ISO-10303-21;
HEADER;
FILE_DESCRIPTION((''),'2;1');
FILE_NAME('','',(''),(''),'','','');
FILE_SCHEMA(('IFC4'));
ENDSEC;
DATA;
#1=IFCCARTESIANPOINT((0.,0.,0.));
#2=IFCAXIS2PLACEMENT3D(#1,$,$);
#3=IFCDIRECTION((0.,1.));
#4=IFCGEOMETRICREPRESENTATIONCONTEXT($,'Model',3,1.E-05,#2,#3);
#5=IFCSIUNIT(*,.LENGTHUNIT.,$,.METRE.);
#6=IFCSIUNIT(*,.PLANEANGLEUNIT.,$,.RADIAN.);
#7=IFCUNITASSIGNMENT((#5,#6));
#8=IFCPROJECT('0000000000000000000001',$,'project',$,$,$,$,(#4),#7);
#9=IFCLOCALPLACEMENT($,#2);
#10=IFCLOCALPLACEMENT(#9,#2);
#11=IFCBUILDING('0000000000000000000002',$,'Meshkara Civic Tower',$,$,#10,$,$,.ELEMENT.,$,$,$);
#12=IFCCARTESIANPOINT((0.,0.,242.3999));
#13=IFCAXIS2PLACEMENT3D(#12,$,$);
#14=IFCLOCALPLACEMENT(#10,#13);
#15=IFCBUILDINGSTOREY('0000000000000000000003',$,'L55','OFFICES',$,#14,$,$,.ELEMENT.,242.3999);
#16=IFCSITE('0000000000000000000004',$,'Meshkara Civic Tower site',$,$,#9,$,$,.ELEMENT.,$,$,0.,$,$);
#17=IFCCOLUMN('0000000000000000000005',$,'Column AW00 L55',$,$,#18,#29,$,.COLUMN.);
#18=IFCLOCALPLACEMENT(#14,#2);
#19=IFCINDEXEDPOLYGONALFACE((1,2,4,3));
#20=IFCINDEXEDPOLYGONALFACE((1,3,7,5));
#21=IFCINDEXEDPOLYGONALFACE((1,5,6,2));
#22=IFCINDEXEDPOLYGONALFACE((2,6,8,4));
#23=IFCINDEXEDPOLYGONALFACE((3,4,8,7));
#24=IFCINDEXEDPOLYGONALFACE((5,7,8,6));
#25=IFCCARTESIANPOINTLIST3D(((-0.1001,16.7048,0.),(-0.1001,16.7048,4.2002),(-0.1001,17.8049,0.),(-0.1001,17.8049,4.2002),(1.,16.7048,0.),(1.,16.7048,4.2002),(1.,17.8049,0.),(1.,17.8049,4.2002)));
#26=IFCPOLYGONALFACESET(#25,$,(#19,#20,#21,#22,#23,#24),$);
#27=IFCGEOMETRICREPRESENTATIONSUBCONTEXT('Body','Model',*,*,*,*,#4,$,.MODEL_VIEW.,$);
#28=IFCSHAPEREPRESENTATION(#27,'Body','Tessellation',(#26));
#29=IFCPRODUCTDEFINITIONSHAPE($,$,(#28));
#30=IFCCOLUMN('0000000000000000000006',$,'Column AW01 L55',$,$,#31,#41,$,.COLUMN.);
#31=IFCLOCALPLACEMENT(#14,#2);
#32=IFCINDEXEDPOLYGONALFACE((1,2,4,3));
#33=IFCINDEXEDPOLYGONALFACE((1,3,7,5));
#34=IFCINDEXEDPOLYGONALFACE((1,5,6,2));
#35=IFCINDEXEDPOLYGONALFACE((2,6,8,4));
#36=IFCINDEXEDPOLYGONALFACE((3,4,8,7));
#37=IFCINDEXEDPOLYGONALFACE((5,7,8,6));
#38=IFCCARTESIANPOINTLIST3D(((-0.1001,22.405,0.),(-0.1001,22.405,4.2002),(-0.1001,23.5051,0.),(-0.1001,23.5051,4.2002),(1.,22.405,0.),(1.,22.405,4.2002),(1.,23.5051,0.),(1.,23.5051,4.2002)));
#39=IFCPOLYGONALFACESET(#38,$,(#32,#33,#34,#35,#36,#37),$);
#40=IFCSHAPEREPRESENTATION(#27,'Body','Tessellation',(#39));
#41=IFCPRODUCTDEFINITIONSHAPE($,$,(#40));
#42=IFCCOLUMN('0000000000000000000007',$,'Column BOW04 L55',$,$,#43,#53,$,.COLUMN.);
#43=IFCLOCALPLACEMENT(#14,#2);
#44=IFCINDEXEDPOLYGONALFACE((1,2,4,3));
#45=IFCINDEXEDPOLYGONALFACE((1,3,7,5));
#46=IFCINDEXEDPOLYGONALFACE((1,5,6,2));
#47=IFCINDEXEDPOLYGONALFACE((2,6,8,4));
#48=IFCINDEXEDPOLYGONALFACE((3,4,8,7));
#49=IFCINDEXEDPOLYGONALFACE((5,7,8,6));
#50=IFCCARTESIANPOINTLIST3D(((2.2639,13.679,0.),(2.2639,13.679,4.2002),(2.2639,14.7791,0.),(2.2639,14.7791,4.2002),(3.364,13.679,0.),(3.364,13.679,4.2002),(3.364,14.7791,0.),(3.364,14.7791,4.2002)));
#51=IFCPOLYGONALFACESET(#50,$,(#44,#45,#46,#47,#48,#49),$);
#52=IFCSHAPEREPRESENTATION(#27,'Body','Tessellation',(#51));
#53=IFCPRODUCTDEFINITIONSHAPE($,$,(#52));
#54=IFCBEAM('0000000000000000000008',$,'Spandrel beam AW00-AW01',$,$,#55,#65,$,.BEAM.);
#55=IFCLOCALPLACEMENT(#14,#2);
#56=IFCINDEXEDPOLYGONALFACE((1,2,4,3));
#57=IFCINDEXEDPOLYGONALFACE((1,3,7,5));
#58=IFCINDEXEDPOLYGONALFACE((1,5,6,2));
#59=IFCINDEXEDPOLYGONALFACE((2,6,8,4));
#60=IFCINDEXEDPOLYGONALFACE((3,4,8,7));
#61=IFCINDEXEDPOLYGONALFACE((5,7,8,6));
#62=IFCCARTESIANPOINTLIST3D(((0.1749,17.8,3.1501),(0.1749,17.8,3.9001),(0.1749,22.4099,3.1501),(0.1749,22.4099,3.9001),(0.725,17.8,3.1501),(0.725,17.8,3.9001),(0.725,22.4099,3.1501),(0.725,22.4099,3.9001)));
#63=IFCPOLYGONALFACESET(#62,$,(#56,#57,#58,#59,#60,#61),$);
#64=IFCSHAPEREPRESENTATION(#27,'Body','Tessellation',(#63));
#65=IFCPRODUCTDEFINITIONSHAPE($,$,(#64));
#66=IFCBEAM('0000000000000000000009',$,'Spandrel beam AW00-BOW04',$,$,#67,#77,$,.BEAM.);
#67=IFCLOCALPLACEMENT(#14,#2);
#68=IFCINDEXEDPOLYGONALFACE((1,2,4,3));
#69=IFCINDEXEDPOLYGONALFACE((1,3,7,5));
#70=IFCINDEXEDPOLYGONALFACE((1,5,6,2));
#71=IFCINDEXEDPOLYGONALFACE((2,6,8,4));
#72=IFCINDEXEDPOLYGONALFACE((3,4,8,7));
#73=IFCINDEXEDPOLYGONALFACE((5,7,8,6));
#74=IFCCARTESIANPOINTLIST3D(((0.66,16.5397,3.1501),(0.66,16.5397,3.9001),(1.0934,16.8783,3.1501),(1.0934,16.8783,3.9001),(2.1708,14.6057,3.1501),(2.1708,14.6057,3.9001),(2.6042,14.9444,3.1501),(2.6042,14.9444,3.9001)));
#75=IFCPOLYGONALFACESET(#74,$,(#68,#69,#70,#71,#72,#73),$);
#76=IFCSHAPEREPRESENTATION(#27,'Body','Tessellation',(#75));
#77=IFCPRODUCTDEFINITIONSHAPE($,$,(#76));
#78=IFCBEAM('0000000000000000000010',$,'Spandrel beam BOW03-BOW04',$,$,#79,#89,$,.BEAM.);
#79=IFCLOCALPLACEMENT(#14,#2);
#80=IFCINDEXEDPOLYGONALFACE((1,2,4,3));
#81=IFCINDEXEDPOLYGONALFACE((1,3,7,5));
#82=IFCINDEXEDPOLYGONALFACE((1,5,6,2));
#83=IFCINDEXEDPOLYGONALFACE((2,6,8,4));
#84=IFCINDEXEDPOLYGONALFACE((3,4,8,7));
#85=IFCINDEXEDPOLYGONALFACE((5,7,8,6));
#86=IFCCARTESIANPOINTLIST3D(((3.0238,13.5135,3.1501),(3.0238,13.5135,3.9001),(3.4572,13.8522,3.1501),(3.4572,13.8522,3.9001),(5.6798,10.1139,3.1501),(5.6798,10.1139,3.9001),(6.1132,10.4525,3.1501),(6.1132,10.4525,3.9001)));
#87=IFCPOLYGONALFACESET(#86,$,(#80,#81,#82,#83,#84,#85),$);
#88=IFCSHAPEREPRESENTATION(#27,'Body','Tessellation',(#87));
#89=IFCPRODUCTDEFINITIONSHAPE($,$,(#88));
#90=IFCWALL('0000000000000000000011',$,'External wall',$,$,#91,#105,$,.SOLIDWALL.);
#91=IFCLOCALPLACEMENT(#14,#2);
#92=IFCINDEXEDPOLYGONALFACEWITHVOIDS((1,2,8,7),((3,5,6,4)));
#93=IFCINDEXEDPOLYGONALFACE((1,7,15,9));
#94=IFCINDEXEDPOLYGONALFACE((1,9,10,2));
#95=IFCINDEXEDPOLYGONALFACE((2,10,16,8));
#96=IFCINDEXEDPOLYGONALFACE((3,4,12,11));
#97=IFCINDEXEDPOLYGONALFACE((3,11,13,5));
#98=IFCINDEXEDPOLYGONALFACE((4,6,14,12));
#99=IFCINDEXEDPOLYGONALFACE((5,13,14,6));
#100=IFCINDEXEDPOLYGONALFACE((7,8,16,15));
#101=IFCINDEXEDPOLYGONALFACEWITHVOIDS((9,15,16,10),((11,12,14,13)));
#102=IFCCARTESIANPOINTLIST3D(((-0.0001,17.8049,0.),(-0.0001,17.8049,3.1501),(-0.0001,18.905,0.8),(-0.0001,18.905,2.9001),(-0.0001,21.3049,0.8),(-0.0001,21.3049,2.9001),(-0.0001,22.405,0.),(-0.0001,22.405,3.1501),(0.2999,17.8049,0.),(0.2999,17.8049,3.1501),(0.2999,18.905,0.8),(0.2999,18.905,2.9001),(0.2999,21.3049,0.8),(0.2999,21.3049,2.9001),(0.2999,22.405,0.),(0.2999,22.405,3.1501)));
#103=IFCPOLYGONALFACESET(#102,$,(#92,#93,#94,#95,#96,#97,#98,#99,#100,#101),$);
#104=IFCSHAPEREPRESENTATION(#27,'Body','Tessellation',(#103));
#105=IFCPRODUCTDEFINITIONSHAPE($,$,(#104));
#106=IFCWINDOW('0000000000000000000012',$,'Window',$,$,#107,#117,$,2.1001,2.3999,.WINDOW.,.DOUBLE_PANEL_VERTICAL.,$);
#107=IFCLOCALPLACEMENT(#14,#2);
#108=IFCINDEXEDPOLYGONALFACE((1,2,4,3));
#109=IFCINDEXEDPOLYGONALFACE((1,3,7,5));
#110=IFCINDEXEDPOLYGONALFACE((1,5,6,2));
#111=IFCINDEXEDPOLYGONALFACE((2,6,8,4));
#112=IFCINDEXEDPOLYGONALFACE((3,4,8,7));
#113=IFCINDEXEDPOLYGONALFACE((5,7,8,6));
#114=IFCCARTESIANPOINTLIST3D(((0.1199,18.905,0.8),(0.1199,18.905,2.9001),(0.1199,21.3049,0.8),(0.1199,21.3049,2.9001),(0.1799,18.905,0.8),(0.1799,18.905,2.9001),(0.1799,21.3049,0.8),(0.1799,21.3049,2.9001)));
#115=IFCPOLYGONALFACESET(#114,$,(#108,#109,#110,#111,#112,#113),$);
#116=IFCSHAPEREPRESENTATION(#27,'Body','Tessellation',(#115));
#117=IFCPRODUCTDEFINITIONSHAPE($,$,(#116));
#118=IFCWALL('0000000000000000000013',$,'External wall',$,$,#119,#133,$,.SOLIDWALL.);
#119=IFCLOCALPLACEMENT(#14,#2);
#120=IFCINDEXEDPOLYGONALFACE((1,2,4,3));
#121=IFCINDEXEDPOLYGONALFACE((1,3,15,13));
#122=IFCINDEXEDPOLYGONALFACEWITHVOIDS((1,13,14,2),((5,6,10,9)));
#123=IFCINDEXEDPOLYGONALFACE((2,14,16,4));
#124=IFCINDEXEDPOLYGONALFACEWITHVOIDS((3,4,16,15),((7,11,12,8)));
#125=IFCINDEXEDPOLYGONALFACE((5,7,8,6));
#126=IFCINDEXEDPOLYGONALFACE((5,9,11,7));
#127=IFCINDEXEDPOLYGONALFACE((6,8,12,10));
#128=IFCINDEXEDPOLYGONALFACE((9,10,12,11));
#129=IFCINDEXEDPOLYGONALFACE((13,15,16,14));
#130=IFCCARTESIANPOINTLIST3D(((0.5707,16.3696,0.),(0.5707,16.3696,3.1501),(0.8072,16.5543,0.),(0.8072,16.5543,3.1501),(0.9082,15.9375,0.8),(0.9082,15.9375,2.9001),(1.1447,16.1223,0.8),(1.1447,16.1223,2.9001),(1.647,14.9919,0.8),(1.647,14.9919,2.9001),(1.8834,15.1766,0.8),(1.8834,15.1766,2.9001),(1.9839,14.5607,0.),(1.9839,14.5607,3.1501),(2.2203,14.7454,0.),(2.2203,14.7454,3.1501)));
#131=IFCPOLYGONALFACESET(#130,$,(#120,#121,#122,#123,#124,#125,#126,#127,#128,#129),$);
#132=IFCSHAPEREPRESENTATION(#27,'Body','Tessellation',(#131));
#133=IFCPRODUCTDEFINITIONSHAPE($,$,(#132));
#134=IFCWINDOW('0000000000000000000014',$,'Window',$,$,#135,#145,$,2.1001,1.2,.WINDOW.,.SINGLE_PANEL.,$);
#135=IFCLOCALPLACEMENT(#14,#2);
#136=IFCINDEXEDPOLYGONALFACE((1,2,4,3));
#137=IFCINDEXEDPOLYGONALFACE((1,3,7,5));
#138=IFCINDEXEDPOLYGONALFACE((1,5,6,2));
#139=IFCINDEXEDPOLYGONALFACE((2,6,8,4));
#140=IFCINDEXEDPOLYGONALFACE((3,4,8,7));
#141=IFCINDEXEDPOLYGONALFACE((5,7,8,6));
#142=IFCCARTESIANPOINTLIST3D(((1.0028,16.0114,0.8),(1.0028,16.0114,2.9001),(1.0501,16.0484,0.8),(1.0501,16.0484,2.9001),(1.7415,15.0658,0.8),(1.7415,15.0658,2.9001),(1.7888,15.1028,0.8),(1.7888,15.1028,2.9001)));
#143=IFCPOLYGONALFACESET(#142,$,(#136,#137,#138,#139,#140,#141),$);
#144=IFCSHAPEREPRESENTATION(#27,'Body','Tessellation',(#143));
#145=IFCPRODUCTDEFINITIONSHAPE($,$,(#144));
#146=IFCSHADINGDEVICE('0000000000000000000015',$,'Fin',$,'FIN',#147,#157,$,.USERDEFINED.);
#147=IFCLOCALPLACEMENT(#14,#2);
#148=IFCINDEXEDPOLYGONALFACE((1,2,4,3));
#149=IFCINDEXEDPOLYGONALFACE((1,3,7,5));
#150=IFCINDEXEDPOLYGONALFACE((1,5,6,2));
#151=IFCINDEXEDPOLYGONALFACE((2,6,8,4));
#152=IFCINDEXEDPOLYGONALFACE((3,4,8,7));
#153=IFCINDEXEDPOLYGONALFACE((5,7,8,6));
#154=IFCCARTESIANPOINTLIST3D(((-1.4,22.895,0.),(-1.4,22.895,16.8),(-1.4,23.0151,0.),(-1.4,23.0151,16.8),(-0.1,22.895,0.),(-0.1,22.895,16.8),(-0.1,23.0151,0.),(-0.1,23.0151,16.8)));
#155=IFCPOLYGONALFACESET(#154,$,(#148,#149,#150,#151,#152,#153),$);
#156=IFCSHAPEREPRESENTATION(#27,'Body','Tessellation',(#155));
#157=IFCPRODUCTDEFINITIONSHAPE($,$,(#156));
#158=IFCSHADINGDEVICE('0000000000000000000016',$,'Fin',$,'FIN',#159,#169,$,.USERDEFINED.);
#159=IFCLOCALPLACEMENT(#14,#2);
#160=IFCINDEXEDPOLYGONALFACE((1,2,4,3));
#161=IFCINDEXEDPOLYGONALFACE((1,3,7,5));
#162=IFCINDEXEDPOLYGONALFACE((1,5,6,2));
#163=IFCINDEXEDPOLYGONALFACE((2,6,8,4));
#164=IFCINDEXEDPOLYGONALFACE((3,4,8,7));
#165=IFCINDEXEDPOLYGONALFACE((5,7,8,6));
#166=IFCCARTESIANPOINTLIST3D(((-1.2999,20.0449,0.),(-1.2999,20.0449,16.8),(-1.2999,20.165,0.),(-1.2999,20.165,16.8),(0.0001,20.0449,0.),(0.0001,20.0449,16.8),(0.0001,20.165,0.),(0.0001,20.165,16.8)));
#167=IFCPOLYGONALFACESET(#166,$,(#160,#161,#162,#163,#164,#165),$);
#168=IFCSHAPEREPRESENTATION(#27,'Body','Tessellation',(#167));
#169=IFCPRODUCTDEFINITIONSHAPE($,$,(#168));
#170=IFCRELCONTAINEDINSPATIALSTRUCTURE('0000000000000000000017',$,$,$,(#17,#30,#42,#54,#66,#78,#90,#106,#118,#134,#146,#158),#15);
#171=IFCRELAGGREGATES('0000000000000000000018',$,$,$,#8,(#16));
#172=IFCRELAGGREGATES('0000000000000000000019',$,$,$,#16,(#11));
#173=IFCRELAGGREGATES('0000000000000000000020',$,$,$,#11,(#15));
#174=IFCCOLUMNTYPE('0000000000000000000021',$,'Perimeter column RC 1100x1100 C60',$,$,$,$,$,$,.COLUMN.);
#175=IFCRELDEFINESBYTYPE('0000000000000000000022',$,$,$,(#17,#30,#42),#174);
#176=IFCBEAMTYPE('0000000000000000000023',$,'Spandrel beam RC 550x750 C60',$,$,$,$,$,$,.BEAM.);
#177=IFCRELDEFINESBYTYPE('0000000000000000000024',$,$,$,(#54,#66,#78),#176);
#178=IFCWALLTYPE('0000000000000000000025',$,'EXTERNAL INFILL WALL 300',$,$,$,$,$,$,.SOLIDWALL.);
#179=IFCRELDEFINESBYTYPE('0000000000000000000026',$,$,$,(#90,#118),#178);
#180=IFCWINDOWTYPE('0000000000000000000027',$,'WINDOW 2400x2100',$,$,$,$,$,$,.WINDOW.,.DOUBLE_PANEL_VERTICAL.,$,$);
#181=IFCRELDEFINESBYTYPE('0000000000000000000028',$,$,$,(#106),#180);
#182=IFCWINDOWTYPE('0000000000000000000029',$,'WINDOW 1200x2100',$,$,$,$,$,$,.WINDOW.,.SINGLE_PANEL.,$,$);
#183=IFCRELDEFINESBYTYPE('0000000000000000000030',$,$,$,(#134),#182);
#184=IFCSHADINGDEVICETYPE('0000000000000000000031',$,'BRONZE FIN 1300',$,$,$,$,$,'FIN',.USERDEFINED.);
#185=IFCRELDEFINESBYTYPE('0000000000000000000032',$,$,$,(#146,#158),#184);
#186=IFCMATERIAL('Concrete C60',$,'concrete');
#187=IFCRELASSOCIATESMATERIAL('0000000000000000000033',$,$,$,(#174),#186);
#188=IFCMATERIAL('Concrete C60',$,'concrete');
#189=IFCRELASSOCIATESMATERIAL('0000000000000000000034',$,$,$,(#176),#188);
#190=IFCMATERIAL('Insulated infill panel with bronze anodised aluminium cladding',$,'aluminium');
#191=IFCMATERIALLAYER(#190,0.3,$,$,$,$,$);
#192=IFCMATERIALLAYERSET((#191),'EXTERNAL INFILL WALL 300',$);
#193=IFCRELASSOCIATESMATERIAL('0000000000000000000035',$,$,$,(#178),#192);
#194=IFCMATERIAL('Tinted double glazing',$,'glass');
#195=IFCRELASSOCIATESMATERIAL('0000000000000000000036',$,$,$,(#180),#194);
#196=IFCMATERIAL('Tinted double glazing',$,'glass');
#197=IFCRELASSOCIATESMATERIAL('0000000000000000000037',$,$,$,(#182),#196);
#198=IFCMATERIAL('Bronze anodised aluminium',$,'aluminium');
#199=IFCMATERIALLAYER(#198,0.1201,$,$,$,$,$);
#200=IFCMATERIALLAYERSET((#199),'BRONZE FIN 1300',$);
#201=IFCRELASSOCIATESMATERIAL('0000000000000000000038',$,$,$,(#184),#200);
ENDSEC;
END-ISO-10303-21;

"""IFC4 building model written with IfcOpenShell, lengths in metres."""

from ifc_helpers import new_model, si_unit, direction, frame, frame_2d, origin, origin_2d, place, context, subcontext, project, spatial, rectangle, extrude, material, layer, layer_set, material_profile, profile_set, type_object, element, fill, save


model = new_model("IFC4")

# Units and contexts
model_context = context("Model", 3, precision=1e-05, world=origin(), true_north=direction((0.0, 1.0)))
body_context = subcontext(model_context, "Body", "Model", "MODEL_VIEW")
ifc_project = project(units=[si_unit("LENGTHUNIT", "METRE"), si_unit("PLANEANGLEUNIT", "RADIAN")], contexts=[model_context])

# Site, building, storey
site_placement = place(None, origin())
site = spatial("IfcSite", under=ifc_project, at=site_placement, Name="Meshkara Civic Tower site", CompositionType="ELEMENT", RefElevation=0.0)
building_placement = place(site_placement, origin())
building = spatial("IfcBuilding", under=site, at=building_placement, Name="Meshkara Civic Tower", CompositionType="ELEMENT")
storey_placement = place(building_placement, frame((0.0, 0.0, 242.3999)))
storey = spatial("IfcBuildingStorey", under=building, at=storey_placement, Name="L55", Description="OFFICES", CompositionType="ELEMENT", Elevation=242.3999)

# Columns
ifc_material_1 = material(Name="Concrete C60", Category="concrete")
ifc_material_profile_1 = material_profile(ifc_material_1, rectangle(XDim=1.1001, YDim=1.1001, at=origin_2d()))
ifc_profile_set_1 = profile_set([ifc_material_profile_1], Name="Concrete C60")
column_type = type_object("IfcColumnType", Name="Perimeter column RC 1100x1100 C60", PredefinedType="COLUMN", material=ifc_profile_set_1)
for number, where, z_axis, x_axis, name in (
    (1, (0.45, 17.2549, 0.0), (0.0, 0.0, 1.0), (1.0, 0.0, 0.0), "Column AW00 L55"),
    (2, (0.45, 22.9551, 0.0), (0.0, 0.0, 1.0), (1.0, 0.0, 0.0), "Column AW01 L55"),
    (3, (2.814, 14.229, 0.0), (0.0, 0.0, 1.0), (1.0, 0.0, 0.0), "Column BOW04 L55"),
):
    element("IfcColumn", number, at=place(storey_placement, frame(where, z_axis=z_axis, x_axis=x_axis)), inside=storey, type_object=column_type, Name=name, PredefinedType="COLUMN", context=body_context, shape_type="SweptSolid", body=[
        extrude(rectangle(XDim=1.1001, YDim=1.1001, at=origin_2d()), origin(), (0.0, 0.0, 1.0), 4.2002),
    ])

# Beams
ifc_material_2 = material(Name="Concrete C60", Category="concrete")
ifc_material_profile_2 = material_profile(ifc_material_2, rectangle(XDim=0.55, YDim=0.75, at=origin_2d()))
ifc_profile_set_2 = profile_set([ifc_material_profile_2], Name="Concrete C60")
beam_type = type_object("IfcBeamType", Name="Spandrel beam RC 550x750 C60", PredefinedType="BEAM", material=ifc_profile_set_2)
beam_1_placement = place(storey_placement, frame((0.45, 22.4099, 3.5251), z_axis=(0.0, -1.0, 0.0), x_axis=(1.0, 0.0, 0.0)))
element("IfcBeam", 4, at=beam_1_placement, inside=storey, type_object=beam_type, Name="Spandrel beam AW00-AW01", PredefinedType="BEAM", context=body_context, shape_type="SweptSolid", body=[
    extrude(rectangle(XDim=0.55, YDim=0.75, at=origin_2d()), origin(), (0.0, 0.0, 1.0), 4.6099),
])
beam_2_placement = place(storey_placement, frame((0.8767, 16.709, 3.5251), z_axis=(0.615627, -0.788038, 0.0), x_axis=(0.788038, 0.615627, 0.0)))
element("IfcBeam", 5, at=beam_2_placement, inside=storey, type_object=beam_type, Name="Spandrel beam AW00-BOW04", PredefinedType="BEAM", context=body_context, shape_type="SweptSolid", body=[
    extrude(rectangle(XDim=0.55, YDim=0.75, at=origin_2d()), origin(), (0.0, 0.0, 1.0), 2.4541),
])
beam_3_placement = place(storey_placement, frame((3.2405, 13.6829, 3.5251), z_axis=(0.615647, -0.788022, 0.0), x_axis=(0.788022, 0.615647, 0.0)))
element("IfcBeam", 6, at=beam_3_placement, inside=storey, type_object=beam_type, Name="Spandrel beam BOW03-BOW04", PredefinedType="BEAM", context=body_context, shape_type="SweptSolid", body=[
    extrude(rectangle(XDim=0.55, YDim=0.75, at=origin_2d()), origin(), (0.0, 0.0, 1.0), 4.3142),
])

# Walls, openings, windows
ifc_material_3 = material(Name="Insulated infill panel with bronze anodised aluminium cladding", Category="aluminium")
ifc_layer_1 = layer(ifc_material_3, 0.3)
ifc_layer_set_1 = layer_set([ifc_layer_1], Name="EXTERNAL INFILL WALL 300")
wall_type = type_object("IfcWallType", Name="EXTERNAL INFILL WALL 300", PredefinedType="SOLIDWALL", material=ifc_layer_set_1)
wall_1_placement = place(storey_placement, frame((0.1499, 22.405, 0.0), z_axis=(0.0, 0.0, 1.0), x_axis=(0.0, -1.0, 0.0)))
wall_1 = element("IfcWall", 7, at=wall_1_placement, inside=storey, type_object=wall_type, Name="External wall", PredefinedType="SOLIDWALL", context=body_context, shape_type="SweptSolid", body=[
    extrude(rectangle(XDim=4.6001, YDim=0.3, at=frame_2d((2.3, 0.0))), origin(), (0.0, 0.0, 1.0), 3.1501),
])
opening_1_placement = place(wall_1_placement, frame((1.1001, 0.0, 0.8)))
opening_1 = element("IfcOpeningElement", 8, at=opening_1_placement, cuts=wall_1, PredefinedType="OPENING", context=body_context, shape_type="SweptSolid", body=[
    extrude(rectangle(XDim=2.3999, YDim=2.1001, at=frame_2d((1.2, 1.05))), frame((0.0, 0.1599, 0.0), z_axis=(0.0, -1.0, 0.0), x_axis=(1.0, 0.0, 0.0)), (0.0, 0.0, 1.0), 0.3201),
])
ifc_material_4 = material(Name="Tinted double glazing", Category="glass")
window_type_1 = type_object("IfcWindowType", Name="WINDOW 2400x2100", PartitioningType="DOUBLE_PANEL_VERTICAL", PredefinedType="WINDOW", material=ifc_material_4)
window_1_placement = place(opening_1_placement, origin())
window_1 = element("IfcWindow", 9, at=window_1_placement, inside=storey, type_object=window_type_1, Name="Window", OverallHeight=2.1001, OverallWidth=2.3999, PartitioningType="DOUBLE_PANEL_VERTICAL", PredefinedType="WINDOW", context=body_context, shape_type="SweptSolid", body=[
    extrude(rectangle(XDim=2.3999, YDim=2.1001, at=frame_2d((1.2, 1.05))), frame((0.0, 0.03, 0.0), z_axis=(0.0, -1.0, 0.0), x_axis=(1.0, 0.0, 0.0)), (0.0, 0.0, 1.0), 0.0601),
])
fill(opening_1, window_1)
wall_2_placement = place(storey_placement, frame((0.689, 16.4619, 0.0), z_axis=(0.0, 0.0, 1.0), x_axis=(0.615625, -0.788039, 0.0)))
wall_2 = element("IfcWall", 10, at=wall_2_placement, inside=storey, type_object=wall_type, Name="External wall", PredefinedType="SOLIDWALL", context=body_context, shape_type="SweptSolid", body=[
    extrude(rectangle(XDim=2.2954, YDim=0.3, at=frame_2d((1.1477, 0.0))), origin(), (0.0, 0.0, 1.0), 3.1501),
])
opening_2_placement = place(wall_2_placement, frame((0.5481, 0.0, 0.8)))
opening_2 = element("IfcOpeningElement", 11, at=opening_2_placement, cuts=wall_2, PredefinedType="OPENING", context=body_context, shape_type="SweptSolid", body=[
    extrude(rectangle(XDim=1.2, YDim=2.1001, at=frame_2d((0.6001, 1.05))), frame((0.0, 0.1599, 0.0), z_axis=(0.0, -1.0, 0.0), x_axis=(1.0, 0.0, 0.0)), (0.0, 0.0, 1.0), 0.3201),
])
ifc_material_5 = material(Name="Tinted double glazing", Category="glass")
window_type_2 = type_object("IfcWindowType", Name="WINDOW 1200x2100", PartitioningType="SINGLE_PANEL", PredefinedType="WINDOW", material=ifc_material_5)
window_2_placement = place(opening_2_placement, origin())
window_2 = element("IfcWindow", 12, at=window_2_placement, inside=storey, type_object=window_type_2, Name="Window", OverallHeight=2.1001, OverallWidth=1.2, PartitioningType="SINGLE_PANEL", PredefinedType="WINDOW", context=body_context, shape_type="SweptSolid", body=[
    extrude(rectangle(XDim=1.2, YDim=2.1001, at=frame_2d((0.6001, 1.05))), frame((0.0, 0.03, 0.0), z_axis=(0.0, -1.0, 0.0), x_axis=(1.0, 0.0, 0.0)), (0.0, 0.0, 1.0), 0.0601),
])
fill(opening_2, window_2)

# Shading devices
ifc_material_6 = material(Name="Bronze anodised aluminium", Category="aluminium")
ifc_layer_2 = layer(ifc_material_6, 0.1201)
ifc_layer_set_2 = layer_set([ifc_layer_2], Name="BRONZE FIN 1300")
shading_device_type = type_object("IfcShadingDeviceType", Name="BRONZE FIN 1300", ElementType="FIN", PredefinedType="USERDEFINED", material=ifc_layer_set_2)
for number, where, z_axis, x_axis, name in (
    (13, (-0.75, 22.9551, 0.0), (0.0, 0.0, 1.0), (0.0, -1.0, 0.0), "Fin"),
    (14, (-0.6499, 20.105, 0.0), (0.0, 0.0, 1.0), (0.0, -1.0, 0.0), "Fin"),
):
    element("IfcShadingDevice", number, at=place(storey_placement, frame(where, z_axis=z_axis, x_axis=x_axis)), inside=storey, type_object=shading_device_type, Name=name, ObjectType="FIN", PredefinedType="USERDEFINED", context=body_context, shape_type="SweptSolid", body=[
        extrude(rectangle(XDim=0.1201, YDim=1.3, at=origin_2d()), origin(), (0.0, 0.0, 1.0), 16.8),
    ])

save(model, "model.ifc")
